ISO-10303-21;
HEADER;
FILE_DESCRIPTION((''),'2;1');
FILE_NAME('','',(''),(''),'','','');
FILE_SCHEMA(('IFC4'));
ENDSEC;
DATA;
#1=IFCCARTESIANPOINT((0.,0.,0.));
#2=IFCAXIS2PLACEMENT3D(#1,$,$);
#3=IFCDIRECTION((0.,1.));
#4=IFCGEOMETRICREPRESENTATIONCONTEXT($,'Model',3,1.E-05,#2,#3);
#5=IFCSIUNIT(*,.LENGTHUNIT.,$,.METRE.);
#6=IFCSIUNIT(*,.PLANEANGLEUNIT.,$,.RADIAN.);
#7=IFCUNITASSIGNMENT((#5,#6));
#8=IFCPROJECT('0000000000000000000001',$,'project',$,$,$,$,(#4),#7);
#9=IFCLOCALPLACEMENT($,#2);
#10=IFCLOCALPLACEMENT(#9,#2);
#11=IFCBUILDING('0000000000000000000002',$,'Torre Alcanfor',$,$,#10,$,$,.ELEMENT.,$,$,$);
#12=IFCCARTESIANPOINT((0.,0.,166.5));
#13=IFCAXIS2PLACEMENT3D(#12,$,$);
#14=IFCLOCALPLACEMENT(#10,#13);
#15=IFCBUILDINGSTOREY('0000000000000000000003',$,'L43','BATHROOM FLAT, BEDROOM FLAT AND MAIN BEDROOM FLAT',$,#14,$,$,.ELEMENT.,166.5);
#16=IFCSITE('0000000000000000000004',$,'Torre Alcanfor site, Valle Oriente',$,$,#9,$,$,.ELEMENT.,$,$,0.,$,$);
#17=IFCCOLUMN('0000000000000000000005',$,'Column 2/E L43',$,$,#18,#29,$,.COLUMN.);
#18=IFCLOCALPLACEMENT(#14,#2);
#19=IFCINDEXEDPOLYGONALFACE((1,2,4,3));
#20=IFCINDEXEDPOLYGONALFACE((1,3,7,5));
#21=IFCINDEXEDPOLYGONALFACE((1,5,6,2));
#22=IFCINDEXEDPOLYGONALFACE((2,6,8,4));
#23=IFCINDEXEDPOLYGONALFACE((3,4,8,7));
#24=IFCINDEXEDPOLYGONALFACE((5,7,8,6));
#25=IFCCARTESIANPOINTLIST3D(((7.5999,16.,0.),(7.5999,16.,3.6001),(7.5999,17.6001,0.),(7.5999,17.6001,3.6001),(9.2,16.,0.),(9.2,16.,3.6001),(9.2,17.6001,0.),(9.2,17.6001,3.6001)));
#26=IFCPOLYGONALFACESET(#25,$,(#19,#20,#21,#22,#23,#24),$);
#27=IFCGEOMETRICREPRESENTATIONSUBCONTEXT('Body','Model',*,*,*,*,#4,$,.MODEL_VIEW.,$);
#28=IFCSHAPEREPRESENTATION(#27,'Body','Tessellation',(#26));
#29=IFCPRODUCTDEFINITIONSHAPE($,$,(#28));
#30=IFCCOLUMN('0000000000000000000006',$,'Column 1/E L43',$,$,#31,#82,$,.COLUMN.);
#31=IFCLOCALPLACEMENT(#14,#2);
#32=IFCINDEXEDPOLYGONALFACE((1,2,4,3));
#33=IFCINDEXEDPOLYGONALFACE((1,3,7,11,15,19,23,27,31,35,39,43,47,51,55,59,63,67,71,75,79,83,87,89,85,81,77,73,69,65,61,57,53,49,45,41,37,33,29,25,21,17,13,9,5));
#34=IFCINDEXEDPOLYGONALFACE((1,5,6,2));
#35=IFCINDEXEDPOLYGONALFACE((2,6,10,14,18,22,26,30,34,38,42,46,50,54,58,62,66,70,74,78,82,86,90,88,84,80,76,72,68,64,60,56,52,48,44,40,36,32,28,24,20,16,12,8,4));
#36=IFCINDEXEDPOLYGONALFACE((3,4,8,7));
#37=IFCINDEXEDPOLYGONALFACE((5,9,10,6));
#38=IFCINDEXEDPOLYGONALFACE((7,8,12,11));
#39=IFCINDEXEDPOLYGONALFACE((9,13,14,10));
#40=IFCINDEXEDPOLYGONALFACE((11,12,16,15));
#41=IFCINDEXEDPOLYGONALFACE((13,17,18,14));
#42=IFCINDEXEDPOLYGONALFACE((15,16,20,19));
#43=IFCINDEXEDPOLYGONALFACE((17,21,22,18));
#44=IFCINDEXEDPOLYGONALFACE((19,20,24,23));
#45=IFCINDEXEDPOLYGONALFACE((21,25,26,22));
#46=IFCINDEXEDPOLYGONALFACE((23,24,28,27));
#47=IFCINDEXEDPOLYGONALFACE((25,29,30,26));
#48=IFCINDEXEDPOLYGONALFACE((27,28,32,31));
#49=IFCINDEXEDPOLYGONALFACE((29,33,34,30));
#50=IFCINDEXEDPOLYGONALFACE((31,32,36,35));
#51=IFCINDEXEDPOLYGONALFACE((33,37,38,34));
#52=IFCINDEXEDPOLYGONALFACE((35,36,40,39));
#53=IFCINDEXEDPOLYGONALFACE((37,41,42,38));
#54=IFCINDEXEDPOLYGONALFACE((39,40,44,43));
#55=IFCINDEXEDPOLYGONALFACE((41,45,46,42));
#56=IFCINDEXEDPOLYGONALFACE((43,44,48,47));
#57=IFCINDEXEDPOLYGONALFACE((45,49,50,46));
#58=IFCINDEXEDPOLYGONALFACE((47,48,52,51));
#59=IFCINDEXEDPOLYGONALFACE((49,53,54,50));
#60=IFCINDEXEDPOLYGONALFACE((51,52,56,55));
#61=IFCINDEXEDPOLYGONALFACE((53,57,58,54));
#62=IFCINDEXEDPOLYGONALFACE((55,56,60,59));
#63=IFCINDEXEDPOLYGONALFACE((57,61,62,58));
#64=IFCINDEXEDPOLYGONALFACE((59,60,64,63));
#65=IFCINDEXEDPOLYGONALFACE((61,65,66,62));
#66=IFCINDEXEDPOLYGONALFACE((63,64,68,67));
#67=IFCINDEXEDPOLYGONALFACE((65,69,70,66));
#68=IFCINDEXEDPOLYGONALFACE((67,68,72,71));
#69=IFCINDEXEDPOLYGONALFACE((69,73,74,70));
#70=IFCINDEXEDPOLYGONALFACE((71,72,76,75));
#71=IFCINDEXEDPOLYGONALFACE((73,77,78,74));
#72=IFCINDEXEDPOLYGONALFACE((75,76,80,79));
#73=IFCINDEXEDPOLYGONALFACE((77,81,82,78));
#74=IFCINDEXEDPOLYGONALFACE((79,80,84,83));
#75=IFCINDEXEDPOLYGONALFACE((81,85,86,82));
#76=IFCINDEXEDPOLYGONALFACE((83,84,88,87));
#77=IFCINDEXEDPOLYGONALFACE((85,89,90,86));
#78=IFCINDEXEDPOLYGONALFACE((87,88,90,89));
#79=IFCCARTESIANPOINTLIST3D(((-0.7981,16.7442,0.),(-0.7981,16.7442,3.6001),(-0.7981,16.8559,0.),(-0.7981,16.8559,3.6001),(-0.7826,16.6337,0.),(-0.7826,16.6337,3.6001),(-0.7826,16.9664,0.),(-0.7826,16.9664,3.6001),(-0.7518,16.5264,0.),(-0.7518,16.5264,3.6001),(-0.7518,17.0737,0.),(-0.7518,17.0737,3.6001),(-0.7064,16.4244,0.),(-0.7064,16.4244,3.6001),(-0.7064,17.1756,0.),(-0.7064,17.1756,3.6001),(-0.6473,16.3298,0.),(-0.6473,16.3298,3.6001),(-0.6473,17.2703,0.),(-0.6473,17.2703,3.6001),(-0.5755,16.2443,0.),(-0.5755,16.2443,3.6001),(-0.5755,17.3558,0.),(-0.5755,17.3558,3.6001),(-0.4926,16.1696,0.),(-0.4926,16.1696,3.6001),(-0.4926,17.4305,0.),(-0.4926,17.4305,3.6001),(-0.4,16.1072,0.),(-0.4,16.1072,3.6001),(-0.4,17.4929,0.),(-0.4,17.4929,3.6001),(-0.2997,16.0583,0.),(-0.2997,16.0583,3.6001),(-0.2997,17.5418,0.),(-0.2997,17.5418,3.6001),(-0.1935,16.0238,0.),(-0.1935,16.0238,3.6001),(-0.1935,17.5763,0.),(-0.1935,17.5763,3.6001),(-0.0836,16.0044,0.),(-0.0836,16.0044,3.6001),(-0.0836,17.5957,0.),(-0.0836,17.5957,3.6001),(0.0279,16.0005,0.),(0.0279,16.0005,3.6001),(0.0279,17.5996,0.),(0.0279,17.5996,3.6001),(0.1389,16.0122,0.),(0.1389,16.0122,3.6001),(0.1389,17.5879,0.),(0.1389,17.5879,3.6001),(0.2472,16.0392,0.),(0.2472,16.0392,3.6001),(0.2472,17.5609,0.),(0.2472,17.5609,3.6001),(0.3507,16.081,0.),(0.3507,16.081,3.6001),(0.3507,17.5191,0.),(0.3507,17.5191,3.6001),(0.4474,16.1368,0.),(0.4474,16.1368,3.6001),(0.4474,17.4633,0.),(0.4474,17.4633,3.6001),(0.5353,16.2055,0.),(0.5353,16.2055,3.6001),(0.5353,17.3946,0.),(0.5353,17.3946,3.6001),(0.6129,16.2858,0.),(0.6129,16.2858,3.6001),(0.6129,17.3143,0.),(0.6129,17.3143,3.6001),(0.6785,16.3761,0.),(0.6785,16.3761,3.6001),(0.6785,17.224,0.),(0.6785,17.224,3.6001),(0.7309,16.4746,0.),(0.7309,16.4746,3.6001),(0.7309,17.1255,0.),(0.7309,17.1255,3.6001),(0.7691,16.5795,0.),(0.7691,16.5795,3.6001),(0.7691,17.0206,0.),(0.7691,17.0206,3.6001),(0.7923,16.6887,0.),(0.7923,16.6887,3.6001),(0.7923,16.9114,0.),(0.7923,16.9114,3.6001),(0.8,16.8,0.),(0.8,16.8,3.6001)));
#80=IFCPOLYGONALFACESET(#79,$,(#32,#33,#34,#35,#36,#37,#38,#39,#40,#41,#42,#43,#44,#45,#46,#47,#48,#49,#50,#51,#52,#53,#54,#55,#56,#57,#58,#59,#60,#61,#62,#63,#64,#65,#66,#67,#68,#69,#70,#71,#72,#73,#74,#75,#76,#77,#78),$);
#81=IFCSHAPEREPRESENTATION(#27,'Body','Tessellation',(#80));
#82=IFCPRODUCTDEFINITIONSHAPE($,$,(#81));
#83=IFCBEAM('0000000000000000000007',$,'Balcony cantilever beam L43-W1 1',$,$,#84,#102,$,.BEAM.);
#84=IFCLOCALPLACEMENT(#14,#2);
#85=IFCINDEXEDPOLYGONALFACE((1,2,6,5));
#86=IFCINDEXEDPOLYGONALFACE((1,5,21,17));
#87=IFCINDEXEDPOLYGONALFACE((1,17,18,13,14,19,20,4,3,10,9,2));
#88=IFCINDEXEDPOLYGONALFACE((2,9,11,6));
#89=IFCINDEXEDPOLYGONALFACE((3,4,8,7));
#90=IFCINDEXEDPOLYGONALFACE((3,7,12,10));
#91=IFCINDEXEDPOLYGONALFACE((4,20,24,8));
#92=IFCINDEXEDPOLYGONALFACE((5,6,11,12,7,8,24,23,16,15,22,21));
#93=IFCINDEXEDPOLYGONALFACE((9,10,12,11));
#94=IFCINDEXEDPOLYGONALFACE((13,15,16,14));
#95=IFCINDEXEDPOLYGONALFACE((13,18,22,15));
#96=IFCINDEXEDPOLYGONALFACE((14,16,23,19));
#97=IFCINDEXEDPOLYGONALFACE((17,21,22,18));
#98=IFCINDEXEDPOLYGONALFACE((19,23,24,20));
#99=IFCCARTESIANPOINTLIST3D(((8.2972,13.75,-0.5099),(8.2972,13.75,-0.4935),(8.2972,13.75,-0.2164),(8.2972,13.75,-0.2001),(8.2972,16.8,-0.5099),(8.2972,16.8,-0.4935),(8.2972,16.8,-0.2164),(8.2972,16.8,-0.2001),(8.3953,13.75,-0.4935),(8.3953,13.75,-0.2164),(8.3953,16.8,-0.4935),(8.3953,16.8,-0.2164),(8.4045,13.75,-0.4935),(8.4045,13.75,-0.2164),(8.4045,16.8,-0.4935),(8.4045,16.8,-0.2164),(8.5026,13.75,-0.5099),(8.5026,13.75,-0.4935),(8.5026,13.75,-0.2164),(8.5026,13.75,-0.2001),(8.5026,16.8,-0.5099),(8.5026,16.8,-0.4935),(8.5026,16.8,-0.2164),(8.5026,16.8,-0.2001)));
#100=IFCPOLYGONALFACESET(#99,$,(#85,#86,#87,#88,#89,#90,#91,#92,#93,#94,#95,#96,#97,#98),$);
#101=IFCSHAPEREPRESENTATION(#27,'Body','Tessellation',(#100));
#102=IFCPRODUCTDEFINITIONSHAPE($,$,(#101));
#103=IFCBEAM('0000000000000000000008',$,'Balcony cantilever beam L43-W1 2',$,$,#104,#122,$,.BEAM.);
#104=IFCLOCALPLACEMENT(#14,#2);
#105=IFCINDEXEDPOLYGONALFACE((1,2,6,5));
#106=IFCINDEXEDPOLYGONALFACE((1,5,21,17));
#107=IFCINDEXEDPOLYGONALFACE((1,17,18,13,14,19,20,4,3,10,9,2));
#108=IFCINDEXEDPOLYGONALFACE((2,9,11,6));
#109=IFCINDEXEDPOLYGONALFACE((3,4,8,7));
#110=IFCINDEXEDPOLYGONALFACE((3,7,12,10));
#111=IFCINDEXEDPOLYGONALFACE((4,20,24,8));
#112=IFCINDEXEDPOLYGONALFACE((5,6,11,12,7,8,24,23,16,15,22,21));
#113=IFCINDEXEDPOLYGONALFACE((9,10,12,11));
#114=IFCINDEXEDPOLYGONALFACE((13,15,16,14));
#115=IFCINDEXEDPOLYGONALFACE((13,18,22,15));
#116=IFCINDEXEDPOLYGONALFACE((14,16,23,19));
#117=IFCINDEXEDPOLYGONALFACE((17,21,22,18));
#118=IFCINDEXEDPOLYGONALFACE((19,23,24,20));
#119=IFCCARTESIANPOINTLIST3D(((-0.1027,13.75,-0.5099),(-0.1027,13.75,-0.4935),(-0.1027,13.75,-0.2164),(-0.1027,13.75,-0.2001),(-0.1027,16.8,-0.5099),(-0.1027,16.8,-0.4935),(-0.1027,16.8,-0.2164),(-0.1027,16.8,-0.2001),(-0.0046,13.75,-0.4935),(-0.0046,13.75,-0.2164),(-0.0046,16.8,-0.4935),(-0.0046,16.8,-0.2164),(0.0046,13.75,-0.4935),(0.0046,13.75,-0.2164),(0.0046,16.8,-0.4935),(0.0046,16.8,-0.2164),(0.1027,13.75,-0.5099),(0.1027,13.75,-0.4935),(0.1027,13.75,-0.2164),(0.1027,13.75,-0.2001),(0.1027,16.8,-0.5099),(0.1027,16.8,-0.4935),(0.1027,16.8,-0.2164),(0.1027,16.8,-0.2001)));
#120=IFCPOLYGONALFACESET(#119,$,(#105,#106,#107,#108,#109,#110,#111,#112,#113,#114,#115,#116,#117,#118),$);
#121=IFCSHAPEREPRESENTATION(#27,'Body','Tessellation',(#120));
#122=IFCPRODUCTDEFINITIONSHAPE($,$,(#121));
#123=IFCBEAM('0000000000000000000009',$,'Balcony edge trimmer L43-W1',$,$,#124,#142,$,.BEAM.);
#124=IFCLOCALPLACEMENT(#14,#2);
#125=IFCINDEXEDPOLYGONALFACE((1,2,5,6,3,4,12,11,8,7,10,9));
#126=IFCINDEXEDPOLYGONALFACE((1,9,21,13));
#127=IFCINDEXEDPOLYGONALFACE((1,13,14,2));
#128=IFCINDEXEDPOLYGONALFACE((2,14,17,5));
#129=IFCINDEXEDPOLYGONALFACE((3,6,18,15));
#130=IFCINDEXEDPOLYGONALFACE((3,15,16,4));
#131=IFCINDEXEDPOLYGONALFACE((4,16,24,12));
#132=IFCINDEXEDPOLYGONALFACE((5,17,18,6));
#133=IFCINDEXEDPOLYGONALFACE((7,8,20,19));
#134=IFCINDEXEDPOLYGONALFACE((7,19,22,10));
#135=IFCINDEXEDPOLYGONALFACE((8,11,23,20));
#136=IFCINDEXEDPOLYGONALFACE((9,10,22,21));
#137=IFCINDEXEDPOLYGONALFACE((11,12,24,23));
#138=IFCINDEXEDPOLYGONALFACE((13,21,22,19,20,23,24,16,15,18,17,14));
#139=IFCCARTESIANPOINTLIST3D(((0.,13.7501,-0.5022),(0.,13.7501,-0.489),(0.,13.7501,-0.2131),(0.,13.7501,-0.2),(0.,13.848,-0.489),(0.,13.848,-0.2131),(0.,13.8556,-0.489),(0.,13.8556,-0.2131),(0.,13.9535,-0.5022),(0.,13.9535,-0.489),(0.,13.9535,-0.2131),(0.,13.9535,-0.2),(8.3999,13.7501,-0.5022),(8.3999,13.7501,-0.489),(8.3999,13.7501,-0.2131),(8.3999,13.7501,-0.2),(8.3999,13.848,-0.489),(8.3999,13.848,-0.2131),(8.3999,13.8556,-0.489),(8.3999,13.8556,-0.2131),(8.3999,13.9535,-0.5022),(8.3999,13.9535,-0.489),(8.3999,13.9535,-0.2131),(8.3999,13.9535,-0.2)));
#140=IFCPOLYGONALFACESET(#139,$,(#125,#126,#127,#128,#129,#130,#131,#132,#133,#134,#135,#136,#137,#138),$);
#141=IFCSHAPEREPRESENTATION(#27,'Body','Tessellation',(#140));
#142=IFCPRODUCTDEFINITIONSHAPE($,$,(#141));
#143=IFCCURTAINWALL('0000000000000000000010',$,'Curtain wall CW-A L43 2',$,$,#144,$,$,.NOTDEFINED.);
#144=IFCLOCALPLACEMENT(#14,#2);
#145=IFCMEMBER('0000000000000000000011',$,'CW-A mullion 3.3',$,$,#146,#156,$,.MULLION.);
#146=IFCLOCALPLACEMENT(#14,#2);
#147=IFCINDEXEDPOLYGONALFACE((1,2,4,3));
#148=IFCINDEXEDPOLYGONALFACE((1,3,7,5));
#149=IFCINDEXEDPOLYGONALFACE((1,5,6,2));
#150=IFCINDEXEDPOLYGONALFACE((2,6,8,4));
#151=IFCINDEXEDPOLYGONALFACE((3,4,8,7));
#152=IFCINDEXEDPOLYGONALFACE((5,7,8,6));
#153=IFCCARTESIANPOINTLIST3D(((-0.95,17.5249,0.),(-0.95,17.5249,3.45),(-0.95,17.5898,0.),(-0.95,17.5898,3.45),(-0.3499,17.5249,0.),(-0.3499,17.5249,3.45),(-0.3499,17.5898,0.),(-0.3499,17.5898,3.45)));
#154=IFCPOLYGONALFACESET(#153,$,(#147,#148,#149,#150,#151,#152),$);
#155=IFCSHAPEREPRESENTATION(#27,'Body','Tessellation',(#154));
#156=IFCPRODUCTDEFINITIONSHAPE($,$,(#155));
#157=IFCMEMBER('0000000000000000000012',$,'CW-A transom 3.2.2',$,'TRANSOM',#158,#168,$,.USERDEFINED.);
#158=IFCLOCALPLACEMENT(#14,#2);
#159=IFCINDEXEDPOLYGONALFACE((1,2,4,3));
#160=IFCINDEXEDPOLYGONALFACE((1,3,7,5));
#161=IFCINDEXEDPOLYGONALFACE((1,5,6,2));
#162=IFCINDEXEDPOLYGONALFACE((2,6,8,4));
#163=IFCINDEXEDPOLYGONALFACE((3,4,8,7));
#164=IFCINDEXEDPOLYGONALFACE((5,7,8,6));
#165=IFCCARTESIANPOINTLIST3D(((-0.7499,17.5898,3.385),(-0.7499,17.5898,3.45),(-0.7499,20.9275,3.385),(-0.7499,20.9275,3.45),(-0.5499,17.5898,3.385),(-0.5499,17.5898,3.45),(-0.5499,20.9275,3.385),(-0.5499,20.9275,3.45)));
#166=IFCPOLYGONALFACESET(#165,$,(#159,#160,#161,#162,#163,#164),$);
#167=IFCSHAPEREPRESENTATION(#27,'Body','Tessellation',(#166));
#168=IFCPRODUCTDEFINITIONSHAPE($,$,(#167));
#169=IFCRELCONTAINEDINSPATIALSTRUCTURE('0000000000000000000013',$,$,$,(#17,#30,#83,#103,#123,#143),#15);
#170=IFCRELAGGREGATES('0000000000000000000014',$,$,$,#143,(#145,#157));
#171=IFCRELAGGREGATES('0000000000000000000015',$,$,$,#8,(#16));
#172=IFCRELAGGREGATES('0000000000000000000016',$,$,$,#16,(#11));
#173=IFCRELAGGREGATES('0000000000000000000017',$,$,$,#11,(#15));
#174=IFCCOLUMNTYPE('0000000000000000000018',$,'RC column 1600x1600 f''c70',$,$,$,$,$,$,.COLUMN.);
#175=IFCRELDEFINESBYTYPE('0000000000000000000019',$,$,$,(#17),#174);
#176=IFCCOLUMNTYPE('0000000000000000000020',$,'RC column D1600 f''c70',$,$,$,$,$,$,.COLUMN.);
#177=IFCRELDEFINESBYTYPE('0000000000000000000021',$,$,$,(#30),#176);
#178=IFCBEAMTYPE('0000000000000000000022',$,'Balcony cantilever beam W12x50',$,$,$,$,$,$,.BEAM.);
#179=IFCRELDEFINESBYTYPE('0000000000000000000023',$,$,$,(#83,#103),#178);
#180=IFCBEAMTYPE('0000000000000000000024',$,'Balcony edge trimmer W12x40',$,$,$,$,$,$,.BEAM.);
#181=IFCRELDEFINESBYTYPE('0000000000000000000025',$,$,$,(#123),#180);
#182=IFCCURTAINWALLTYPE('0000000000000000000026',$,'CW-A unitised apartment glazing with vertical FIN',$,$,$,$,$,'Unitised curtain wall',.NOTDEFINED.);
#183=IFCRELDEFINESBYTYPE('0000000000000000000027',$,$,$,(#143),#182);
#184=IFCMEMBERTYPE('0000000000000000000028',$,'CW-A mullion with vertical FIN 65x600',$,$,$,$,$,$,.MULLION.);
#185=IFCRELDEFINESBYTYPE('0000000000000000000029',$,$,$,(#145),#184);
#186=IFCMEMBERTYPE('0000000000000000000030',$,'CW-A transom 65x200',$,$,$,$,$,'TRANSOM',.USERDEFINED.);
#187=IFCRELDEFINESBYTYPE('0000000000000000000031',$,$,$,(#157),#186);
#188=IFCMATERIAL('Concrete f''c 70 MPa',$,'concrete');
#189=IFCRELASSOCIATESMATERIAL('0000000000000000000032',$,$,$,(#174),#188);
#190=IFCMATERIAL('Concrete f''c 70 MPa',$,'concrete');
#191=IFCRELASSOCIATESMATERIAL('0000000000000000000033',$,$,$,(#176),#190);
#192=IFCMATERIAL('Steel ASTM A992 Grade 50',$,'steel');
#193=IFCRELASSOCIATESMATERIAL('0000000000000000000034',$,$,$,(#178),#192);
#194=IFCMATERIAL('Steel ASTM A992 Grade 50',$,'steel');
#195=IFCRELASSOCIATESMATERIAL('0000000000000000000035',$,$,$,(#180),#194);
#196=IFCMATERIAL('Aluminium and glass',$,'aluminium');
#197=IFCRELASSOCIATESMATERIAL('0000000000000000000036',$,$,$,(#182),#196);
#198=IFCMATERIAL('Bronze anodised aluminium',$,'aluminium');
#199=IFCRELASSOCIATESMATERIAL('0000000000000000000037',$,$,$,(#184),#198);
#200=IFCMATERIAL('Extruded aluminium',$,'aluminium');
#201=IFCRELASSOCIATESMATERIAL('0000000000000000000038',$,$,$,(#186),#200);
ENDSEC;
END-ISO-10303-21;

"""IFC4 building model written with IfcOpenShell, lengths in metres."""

from ifc_helpers import new_model, si_unit, direction, frame, origin, origin_2d, place, context, subcontext, project, spatial, rectangle, circle, i_section, extrude, material, material_profile, profile_set, type_object, element, aggregate, save


model = new_model("IFC4")

# Units and contexts
model_context = context("Model", 3, precision=1e-05, world=origin(), true_north=direction((0.0, 1.0)))
body_context = subcontext(model_context, "Body", "Model", "MODEL_VIEW")
ifc_project = project(units=[si_unit("LENGTHUNIT", "METRE"), si_unit("PLANEANGLEUNIT", "RADIAN")], contexts=[model_context])

# Site, building, storey
site_placement = place(None, origin())
site = spatial("IfcSite", under=ifc_project, at=site_placement, Name="Torre Alcanfor site, Valle Oriente", CompositionType="ELEMENT", RefElevation=0.0)
building_placement = place(site_placement, origin())
building = spatial("IfcBuilding", under=site, at=building_placement, Name="Torre Alcanfor", CompositionType="ELEMENT")
storey_placement = place(building_placement, frame((0.0, 0.0, 166.5)))
storey = spatial("IfcBuildingStorey", under=building, at=storey_placement, Name="L43", Description="BATHROOM FLAT, BEDROOM FLAT AND MAIN BEDROOM FLAT", CompositionType="ELEMENT", Elevation=166.5)

# Columns
ifc_material_1 = material(Name="Concrete f'c 70 MPa", Category="concrete")
ifc_material_profile_1 = material_profile(ifc_material_1, rectangle(XDim=1.6001, YDim=1.6001, at=origin_2d()), Name="1600x1600")
ifc_profile_set_1 = profile_set([ifc_material_profile_1], Name="Concrete f'c 70 MPa")
column_type_1 = type_object("IfcColumnType", Name="RC column 1600x1600 f'c70", PredefinedType="COLUMN", material=ifc_profile_set_1)
column_1_placement = place(storey_placement, frame((8.3999, 16.8, 0.0), z_axis=(0.0, 0.0, 1.0), x_axis=(1.0, 0.0, 0.0)))
element("IfcColumn", 1, at=column_1_placement, inside=storey, type_object=column_type_1, Name="Column 2/E L43", PredefinedType="COLUMN", context=body_context, shape_type="SweptSolid", body=[
    extrude(rectangle(XDim=1.6001, YDim=1.6001, at=origin_2d()), origin(), (0.0, 0.0, 1.0), 3.6001),
])
ifc_material_2 = material(Name="Concrete f'c 70 MPa", Category="concrete")
ifc_material_profile_2 = material_profile(ifc_material_2, circle(Radius=0.8, at=origin_2d()), Name="D1600")
ifc_profile_set_2 = profile_set([ifc_material_profile_2], Name="Concrete f'c 70 MPa")
column_type_2 = type_object("IfcColumnType", Name="RC column D1600 f'c70", PredefinedType="COLUMN", material=ifc_profile_set_2)
column_2_placement = place(storey_placement, frame((0.0, 16.8, 0.0), z_axis=(0.0, 0.0, 1.0), x_axis=(1.0, 0.0, 0.0)))
element("IfcColumn", 2, at=column_2_placement, inside=storey, type_object=column_type_2, Name="Column 1/E L43", PredefinedType="COLUMN", context=body_context, shape_type="SweptSolid", body=[
    extrude(circle(Radius=0.8, at=origin_2d()), origin(), (0.0, 0.0, 1.0), 3.6001),
])

# Beams
ifc_material_3 = material(Name="Steel ASTM A992 Grade 50", Category="steel")
ifc_material_profile_3 = material_profile(ifc_material_3, i_section(OverallWidth=0.2053, OverallDepth=0.3098, WebThickness=0.0093, FlangeThickness=0.0164, at=origin_2d()), Name="W12x50")
ifc_profile_set_3 = profile_set([ifc_material_profile_3], Name="Steel ASTM A992 Grade 50")
beam_type_1 = type_object("IfcBeamType", Name="Balcony cantilever beam W12x50", PredefinedType="BEAM", material=ifc_profile_set_3)
for number, where, z_axis, x_axis, name in (
    (3, (8.3999, 16.8, -0.355), (0.0, -1.0, 0.0), (1.0, 0.0, 0.0), "Balcony cantilever beam L43-W1 1"),
    (4, (0.0, 16.8, -0.355), (0.0, -1.0, 0.0), (1.0, 0.0, 0.0), "Balcony cantilever beam L43-W1 2"),
):
    element("IfcBeam", number, at=place(storey_placement, frame(where, z_axis=z_axis, x_axis=x_axis)), inside=storey, type_object=beam_type_1, Name=name, PredefinedType="BEAM", context=body_context, shape_type="SweptSolid", body=[
        extrude(i_section(OverallWidth=0.2053, OverallDepth=0.3098, WebThickness=0.0093, FlangeThickness=0.0164, at=origin_2d()), origin(), (0.0, 0.0, 1.0), 3.05),
    ])
ifc_material_4 = material(Name="Steel ASTM A992 Grade 50", Category="steel")
ifc_material_profile_4 = material_profile(ifc_material_4, i_section(OverallWidth=0.2034, OverallDepth=0.3022, WebThickness=0.0076, FlangeThickness=0.0132, at=origin_2d()), Name="W12x40")
ifc_profile_set_4 = profile_set([ifc_material_profile_4], Name="Steel ASTM A992 Grade 50")
beam_type_2 = type_object("IfcBeamType", Name="Balcony edge trimmer W12x40", PredefinedType="BEAM", material=ifc_profile_set_4)
beam_1_placement = place(storey_placement, frame((8.3999, 13.8518, -0.3511), z_axis=(-1.0, 0.0, 0.0), x_axis=(0.0, -1.0, 0.0)))
element("IfcBeam", 5, at=beam_1_placement, inside=storey, type_object=beam_type_2, Name="Balcony edge trimmer L43-W1", PredefinedType="BEAM", context=body_context, shape_type="SweptSolid", body=[
    extrude(i_section(OverallWidth=0.2034, OverallDepth=0.3022, WebThickness=0.0076, FlangeThickness=0.0132, at=origin_2d()), origin(), (0.0, 0.0, 1.0), 8.3999),
])

# Curtain wall, members
ifc_material_5 = material(Name="Aluminium and glass", Category="aluminium")
curtain_wall_type = type_object("IfcCurtainWallType", Name="CW-A unitised apartment glazing with vertical FIN", ElementType="Unitised curtain wall", PredefinedType="NOTDEFINED", material=ifc_material_5)
curtain_wall_placement = place(storey_placement, origin())
curtain_wall = element("IfcCurtainWall", 6, at=curtain_wall_placement, inside=storey, type_object=curtain_wall_type, Name="Curtain wall CW-A L43 2", PredefinedType="NOTDEFINED")
ifc_material_6 = material(Name="Bronze anodised aluminium", Category="aluminium")
ifc_material_profile_5 = material_profile(ifc_material_6, rectangle(XDim=0.6001, YDim=0.0649, at=origin_2d()), Name="CW-A mullion 65x600")
ifc_profile_set_5 = profile_set([ifc_material_profile_5], Name="Bronze anodised aluminium")
member_type_1 = type_object("IfcMemberType", Name="CW-A mullion with vertical FIN 65x600", PredefinedType="MULLION", material=ifc_profile_set_5)
member_1_placement = place(storey_placement, frame((-0.6499, 17.5574, 0.0), z_axis=(0.0, 0.0, 1.0), x_axis=(1.0, 0.0, 0.0)))
member_1 = element("IfcMember", 7, at=member_1_placement, type_object=member_type_1, Name="CW-A mullion 3.3", PredefinedType="MULLION", context=body_context, shape_type="SweptSolid", body=[
    extrude(rectangle(XDim=0.6001, YDim=0.0649, at=origin_2d()), origin(), (0.0, 0.0, 1.0), 3.45),
])
ifc_material_7 = material(Name="Extruded aluminium", Category="aluminium")
ifc_material_profile_6 = material_profile(ifc_material_7, rectangle(XDim=0.2, YDim=0.0649, at=origin_2d()), Name="CW-A transom 200x65")
ifc_profile_set_6 = profile_set([ifc_material_profile_6], Name="Extruded aluminium")
member_type_2 = type_object("IfcMemberType", Name="CW-A transom 65x200", ElementType="TRANSOM", PredefinedType="USERDEFINED", material=ifc_profile_set_6)
member_2_placement = place(storey_placement, frame((-0.6499, 20.9275, 3.4175), z_axis=(0.0, -1.0, 0.0), x_axis=(1.0, 0.0, 0.0)))
member_2 = element("IfcMember", 8, at=member_2_placement, type_object=member_type_2, Name="CW-A transom 3.2.2", ObjectType="TRANSOM", PredefinedType="USERDEFINED", context=body_context, shape_type="SweptSolid", body=[
    extrude(rectangle(XDim=0.2, YDim=0.0649, at=origin_2d()), origin(), (0.0, 0.0, 1.0), 3.3376),
])

aggregate(curtain_wall, [member_1, member_2])

save(model, "model.ifc")
